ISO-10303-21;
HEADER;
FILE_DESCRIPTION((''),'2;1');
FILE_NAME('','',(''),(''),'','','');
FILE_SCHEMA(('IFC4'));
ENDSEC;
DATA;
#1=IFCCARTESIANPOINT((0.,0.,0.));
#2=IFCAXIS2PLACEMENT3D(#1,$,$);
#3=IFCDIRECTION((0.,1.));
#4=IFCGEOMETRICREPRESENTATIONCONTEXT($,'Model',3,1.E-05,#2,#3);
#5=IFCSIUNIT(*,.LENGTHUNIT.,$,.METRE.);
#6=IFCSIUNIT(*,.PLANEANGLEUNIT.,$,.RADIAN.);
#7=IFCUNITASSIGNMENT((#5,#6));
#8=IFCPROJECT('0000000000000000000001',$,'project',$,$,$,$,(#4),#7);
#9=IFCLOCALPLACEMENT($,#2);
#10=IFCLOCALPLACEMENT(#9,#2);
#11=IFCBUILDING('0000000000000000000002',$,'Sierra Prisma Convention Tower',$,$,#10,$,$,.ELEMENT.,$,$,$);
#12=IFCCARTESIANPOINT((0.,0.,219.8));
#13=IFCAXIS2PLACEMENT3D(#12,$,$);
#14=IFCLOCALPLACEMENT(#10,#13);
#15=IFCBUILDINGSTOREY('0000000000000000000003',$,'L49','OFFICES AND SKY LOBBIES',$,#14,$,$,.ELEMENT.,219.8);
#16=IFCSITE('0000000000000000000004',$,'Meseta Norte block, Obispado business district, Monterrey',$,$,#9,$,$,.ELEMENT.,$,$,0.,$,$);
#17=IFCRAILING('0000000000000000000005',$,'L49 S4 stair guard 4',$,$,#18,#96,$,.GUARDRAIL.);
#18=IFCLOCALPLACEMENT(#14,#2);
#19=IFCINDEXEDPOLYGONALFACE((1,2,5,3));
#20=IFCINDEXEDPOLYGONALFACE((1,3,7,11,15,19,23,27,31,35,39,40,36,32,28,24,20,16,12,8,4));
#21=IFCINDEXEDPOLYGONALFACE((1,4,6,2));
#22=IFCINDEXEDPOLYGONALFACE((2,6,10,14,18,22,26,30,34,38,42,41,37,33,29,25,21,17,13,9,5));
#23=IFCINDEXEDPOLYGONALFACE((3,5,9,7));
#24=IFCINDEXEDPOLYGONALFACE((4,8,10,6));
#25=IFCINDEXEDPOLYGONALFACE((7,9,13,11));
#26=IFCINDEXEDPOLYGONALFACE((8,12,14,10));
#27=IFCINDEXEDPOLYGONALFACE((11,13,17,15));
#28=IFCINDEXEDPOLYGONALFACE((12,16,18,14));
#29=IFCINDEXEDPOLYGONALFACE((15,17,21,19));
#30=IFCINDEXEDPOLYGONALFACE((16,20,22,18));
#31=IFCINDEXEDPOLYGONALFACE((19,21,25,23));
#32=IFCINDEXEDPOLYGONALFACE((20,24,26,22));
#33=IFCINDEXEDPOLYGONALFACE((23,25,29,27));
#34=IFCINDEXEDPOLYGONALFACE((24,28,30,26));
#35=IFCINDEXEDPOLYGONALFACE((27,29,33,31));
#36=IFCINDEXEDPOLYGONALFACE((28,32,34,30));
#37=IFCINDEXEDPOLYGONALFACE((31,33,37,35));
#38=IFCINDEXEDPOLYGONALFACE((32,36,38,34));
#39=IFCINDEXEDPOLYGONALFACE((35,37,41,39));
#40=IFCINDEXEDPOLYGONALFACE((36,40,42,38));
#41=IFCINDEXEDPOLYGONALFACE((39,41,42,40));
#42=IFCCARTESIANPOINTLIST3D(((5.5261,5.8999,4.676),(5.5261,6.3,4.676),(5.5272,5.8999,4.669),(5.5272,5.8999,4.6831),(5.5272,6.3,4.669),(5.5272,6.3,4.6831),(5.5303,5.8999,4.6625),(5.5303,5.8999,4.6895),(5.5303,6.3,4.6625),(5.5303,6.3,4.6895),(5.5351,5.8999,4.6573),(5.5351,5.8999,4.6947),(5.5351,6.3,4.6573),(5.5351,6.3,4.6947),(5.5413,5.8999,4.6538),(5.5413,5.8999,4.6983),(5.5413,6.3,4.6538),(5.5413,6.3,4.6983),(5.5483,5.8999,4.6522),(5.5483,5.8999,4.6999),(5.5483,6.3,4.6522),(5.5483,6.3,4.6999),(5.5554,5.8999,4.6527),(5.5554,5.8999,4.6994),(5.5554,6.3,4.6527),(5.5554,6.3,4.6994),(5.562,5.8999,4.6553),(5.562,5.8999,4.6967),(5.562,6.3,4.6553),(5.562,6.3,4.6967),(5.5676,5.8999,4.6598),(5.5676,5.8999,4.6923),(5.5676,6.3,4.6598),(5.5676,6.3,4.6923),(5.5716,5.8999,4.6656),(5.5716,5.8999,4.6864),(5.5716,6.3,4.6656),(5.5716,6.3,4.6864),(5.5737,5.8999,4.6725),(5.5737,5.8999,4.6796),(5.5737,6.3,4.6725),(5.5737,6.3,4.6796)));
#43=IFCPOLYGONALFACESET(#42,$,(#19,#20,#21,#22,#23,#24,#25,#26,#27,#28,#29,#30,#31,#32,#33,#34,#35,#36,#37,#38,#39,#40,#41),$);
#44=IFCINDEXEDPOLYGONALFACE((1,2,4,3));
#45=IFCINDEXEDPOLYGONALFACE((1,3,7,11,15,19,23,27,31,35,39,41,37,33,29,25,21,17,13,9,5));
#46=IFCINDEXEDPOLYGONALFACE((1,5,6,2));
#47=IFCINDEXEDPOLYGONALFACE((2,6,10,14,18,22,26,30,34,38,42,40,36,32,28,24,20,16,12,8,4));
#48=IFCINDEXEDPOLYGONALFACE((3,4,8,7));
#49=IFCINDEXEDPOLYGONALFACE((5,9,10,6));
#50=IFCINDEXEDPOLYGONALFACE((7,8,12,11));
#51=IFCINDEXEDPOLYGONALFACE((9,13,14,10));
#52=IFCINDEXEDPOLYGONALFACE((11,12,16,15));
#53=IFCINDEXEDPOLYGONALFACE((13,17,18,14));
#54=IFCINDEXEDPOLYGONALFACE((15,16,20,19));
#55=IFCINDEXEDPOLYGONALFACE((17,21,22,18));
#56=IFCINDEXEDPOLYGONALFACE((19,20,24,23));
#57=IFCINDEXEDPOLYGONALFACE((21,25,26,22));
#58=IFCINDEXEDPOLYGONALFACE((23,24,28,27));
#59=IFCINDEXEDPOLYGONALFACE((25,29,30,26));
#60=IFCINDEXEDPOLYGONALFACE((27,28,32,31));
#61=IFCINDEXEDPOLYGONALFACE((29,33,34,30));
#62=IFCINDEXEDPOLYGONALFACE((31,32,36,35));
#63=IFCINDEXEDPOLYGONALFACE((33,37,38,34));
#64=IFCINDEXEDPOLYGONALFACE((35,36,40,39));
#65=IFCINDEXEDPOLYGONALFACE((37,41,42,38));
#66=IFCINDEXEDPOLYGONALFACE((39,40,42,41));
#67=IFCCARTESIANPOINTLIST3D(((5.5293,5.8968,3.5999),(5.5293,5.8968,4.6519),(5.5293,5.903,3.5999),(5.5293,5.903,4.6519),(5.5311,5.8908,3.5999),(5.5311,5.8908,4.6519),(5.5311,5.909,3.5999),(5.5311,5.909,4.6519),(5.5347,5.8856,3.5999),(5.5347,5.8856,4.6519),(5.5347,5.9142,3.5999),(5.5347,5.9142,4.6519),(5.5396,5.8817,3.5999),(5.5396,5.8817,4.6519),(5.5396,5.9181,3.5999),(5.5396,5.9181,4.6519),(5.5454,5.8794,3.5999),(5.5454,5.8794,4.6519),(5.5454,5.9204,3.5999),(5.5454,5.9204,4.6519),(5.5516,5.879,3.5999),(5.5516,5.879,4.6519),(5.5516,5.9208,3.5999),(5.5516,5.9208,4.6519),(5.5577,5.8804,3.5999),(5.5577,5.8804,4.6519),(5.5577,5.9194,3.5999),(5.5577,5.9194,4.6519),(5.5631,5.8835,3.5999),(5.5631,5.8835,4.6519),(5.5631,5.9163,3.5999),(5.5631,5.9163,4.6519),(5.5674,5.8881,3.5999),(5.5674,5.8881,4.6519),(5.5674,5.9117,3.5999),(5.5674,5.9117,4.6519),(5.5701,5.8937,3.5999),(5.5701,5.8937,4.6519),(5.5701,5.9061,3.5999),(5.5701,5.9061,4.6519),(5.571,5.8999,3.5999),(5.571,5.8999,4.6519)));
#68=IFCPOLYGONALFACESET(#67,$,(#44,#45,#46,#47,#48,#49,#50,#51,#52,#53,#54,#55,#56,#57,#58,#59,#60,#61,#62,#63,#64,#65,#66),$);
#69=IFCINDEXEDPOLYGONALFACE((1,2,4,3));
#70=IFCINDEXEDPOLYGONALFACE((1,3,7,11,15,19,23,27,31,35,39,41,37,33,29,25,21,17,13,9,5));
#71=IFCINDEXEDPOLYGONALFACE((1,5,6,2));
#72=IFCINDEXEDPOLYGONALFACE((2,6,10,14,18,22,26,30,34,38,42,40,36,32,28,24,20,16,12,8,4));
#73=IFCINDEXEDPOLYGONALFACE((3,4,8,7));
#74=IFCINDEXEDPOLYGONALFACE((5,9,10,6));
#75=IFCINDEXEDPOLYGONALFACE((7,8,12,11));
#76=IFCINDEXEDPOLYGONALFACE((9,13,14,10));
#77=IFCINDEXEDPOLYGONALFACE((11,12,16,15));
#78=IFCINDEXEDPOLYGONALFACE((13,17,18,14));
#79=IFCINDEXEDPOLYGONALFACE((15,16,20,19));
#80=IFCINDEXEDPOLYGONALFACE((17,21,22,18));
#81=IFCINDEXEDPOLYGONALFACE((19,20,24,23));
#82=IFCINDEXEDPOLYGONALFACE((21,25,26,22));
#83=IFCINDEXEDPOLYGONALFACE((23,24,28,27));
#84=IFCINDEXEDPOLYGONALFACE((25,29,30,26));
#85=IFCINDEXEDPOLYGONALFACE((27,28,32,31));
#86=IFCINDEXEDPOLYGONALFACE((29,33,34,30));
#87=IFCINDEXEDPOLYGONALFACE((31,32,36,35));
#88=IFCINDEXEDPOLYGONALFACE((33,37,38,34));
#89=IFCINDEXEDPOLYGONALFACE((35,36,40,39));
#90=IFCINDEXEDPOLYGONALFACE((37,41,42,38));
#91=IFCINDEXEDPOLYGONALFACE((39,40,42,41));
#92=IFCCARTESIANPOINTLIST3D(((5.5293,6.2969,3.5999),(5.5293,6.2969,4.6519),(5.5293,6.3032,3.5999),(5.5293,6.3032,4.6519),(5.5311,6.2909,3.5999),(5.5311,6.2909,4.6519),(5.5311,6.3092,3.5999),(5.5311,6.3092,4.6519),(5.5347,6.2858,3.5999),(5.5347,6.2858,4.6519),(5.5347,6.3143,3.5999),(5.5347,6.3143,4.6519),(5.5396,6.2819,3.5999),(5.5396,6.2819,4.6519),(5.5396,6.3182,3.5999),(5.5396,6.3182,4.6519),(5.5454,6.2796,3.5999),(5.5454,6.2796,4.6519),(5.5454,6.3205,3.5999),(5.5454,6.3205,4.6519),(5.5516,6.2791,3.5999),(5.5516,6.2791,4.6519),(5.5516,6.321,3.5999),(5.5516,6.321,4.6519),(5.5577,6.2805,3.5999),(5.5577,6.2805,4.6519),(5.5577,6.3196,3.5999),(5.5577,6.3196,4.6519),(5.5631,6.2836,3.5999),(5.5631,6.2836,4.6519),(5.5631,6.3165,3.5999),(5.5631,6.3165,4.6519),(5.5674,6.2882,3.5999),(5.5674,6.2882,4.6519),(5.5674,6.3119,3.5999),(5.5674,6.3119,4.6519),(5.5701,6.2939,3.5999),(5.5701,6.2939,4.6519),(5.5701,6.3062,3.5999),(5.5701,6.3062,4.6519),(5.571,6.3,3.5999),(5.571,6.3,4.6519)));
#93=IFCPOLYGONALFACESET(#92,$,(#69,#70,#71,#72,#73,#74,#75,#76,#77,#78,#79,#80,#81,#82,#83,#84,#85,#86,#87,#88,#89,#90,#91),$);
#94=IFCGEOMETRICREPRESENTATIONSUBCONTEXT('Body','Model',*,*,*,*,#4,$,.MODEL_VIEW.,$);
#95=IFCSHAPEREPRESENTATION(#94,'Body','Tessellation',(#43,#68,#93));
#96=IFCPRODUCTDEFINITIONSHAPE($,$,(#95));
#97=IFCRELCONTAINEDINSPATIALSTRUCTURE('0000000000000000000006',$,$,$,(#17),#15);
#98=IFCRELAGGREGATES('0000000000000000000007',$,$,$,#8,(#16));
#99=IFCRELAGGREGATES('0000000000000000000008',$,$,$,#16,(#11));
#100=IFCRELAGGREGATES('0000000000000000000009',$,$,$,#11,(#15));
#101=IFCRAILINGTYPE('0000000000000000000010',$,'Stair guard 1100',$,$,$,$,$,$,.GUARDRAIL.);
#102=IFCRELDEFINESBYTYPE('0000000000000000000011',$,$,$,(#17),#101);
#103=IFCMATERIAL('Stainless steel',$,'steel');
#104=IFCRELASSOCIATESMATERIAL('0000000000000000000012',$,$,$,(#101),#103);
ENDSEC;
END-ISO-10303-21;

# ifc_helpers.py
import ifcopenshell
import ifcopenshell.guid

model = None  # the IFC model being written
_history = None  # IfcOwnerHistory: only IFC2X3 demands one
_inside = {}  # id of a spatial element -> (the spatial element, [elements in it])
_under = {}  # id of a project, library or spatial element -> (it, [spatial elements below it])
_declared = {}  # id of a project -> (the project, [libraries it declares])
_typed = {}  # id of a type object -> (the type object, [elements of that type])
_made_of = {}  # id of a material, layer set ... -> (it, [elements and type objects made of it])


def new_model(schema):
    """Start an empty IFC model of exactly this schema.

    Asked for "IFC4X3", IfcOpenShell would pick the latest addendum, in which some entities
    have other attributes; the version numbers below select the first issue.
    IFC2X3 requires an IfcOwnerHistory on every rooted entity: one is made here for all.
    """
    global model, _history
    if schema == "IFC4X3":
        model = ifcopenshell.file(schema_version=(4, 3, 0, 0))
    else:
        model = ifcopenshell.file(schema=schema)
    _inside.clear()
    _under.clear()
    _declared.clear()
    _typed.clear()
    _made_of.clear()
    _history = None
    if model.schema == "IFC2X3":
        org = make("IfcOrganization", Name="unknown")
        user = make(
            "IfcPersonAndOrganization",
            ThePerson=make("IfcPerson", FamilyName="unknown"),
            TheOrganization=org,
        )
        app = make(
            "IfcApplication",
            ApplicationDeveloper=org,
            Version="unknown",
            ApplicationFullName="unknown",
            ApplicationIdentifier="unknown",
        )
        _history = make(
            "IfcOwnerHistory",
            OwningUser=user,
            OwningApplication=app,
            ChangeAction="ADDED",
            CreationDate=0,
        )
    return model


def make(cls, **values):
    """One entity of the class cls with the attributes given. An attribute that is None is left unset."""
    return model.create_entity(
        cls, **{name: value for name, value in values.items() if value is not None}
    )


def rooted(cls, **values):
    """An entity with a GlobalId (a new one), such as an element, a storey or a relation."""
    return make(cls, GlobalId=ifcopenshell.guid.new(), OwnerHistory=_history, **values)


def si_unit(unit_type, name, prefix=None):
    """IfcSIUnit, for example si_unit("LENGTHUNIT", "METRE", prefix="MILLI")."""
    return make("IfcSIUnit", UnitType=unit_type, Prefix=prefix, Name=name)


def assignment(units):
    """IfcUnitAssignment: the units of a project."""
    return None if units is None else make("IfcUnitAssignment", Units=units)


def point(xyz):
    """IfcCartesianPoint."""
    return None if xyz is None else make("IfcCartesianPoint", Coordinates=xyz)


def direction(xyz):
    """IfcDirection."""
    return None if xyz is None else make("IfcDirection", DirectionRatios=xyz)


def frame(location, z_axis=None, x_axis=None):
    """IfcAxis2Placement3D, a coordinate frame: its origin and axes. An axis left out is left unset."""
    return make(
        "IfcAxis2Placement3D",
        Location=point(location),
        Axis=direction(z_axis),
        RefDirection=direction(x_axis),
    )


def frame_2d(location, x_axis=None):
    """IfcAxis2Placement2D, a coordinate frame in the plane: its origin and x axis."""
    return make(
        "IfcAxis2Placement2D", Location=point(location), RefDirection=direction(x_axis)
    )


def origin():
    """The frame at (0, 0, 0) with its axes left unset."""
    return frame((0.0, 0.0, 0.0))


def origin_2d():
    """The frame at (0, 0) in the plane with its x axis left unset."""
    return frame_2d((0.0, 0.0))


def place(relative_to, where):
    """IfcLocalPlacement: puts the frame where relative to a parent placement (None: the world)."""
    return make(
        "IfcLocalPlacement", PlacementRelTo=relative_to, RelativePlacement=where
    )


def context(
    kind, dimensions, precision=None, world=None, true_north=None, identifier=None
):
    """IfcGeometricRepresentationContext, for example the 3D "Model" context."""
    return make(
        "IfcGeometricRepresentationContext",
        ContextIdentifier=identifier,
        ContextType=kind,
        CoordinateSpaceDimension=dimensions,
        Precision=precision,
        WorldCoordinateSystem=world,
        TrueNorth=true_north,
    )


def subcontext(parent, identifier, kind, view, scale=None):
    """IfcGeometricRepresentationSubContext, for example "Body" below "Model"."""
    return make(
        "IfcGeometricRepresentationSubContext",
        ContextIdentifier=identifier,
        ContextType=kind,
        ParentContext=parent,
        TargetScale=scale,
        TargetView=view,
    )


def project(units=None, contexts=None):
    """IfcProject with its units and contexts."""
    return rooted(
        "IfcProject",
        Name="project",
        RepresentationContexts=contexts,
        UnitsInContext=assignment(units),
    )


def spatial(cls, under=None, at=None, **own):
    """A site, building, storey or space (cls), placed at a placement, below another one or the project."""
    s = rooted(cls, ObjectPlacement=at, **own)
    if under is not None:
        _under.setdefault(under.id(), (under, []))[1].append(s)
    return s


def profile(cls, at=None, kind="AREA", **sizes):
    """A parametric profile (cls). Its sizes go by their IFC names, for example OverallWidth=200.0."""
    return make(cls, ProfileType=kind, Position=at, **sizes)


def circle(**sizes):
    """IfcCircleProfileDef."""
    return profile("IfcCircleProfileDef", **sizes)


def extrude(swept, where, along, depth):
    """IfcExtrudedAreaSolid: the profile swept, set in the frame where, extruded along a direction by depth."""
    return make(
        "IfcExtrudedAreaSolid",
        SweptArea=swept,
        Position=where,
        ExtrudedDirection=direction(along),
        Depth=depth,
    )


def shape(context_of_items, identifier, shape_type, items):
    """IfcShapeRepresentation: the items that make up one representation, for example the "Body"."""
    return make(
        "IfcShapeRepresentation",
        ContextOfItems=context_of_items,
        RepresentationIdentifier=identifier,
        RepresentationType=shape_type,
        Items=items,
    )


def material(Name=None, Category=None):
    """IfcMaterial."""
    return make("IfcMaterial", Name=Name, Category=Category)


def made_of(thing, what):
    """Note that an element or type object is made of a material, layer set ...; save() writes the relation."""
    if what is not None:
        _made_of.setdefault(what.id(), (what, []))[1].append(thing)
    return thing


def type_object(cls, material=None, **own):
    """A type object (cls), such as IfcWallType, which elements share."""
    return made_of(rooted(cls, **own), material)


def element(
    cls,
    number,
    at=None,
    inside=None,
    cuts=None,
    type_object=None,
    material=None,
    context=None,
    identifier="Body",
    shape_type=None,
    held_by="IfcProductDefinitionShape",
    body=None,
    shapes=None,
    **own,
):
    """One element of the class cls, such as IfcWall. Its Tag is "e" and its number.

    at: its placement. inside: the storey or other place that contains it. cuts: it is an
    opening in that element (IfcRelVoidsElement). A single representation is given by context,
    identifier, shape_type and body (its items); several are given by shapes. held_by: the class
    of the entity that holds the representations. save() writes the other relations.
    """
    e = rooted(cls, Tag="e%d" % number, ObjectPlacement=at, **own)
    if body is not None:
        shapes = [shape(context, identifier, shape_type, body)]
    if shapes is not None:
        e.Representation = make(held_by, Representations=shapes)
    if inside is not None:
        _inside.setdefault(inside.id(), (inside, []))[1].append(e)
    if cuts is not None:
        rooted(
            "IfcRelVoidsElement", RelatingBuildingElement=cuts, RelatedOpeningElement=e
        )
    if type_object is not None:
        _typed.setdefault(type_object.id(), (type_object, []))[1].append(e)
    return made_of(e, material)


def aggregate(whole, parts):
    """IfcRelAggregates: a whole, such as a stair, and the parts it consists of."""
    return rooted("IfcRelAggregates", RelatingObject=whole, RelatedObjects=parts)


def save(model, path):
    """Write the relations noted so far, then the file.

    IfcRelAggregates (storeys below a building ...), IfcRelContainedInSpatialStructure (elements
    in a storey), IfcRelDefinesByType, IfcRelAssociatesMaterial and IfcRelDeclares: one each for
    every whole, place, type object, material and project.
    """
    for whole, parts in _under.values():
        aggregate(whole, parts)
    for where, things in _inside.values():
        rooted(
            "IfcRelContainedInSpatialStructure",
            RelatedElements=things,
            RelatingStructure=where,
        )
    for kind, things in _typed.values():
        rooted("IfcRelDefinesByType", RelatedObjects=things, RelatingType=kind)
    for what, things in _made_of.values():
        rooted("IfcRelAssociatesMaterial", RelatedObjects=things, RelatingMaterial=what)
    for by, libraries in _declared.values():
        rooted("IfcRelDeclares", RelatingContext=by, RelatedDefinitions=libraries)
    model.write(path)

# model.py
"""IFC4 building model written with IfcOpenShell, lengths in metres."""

from ifc_helpers import new_model, si_unit, direction, frame, origin, origin_2d, place, context, subcontext, project, spatial, circle, extrude, material, type_object, element, save


model = new_model("IFC4")

# Units and contexts
model_context = context("Model", 3, precision=1e-05, world=origin(), true_north=direction((0.0, 1.0)))
body_context = subcontext(model_context, "Body", "Model", "MODEL_VIEW")
ifc_project = project(units=[si_unit("LENGTHUNIT", "METRE"), si_unit("PLANEANGLEUNIT", "RADIAN")], contexts=[model_context])

# Site, building, storey
site_placement = place(None, origin())
site = spatial("IfcSite", under=ifc_project, at=site_placement, Name="Meseta Norte block, Obispado business district, Monterrey", CompositionType="ELEMENT", RefElevation=0.0)
building_placement = place(site_placement, origin())
building = spatial("IfcBuilding", under=site, at=building_placement, Name="Sierra Prisma Convention Tower", CompositionType="ELEMENT")
storey_placement = place(building_placement, frame((0.0, 0.0, 219.8)))
storey = spatial("IfcBuildingStorey", under=building, at=storey_placement, Name="L49", Description="OFFICES AND SKY LOBBIES", CompositionType="ELEMENT", Elevation=219.8)

# Railing
ifc_material_1 = material(Name="Stainless steel", Category="steel")
railing_type_1 = type_object("IfcRailingType", Name="Stair guard 1100", PredefinedType="GUARDRAIL", material=ifc_material_1)
railing_1_placement = place(storey_placement, frame((5.55, 5.8999, 3.5999)))
element("IfcRailing", 1, at=railing_1_placement, inside=storey, type_object=railing_type_1, Name="L49 S4 stair guard 4", PredefinedType="GUARDRAIL", context=body_context, shape_type="SweptSolid", body=[
    extrude(circle(Radius=0.0239, at=origin_2d()), frame((0.0, 0.0, 1.0762), z_axis=(0.0, 1.0, 0.0), x_axis=(-1.0, 0.0, 0.0)), (0.0, 0.0, 1.0), 0.4001),
    extrude(circle(Radius=0.021, at=origin_2d()), origin(), (0.0, 0.0, 1.0), 1.052),
    extrude(circle(Radius=0.021, at=origin_2d()), frame((0.0, 0.4001, 0.0)), (0.0, 0.0, 1.0), 1.052),
])

save(model, "model.ifc")
